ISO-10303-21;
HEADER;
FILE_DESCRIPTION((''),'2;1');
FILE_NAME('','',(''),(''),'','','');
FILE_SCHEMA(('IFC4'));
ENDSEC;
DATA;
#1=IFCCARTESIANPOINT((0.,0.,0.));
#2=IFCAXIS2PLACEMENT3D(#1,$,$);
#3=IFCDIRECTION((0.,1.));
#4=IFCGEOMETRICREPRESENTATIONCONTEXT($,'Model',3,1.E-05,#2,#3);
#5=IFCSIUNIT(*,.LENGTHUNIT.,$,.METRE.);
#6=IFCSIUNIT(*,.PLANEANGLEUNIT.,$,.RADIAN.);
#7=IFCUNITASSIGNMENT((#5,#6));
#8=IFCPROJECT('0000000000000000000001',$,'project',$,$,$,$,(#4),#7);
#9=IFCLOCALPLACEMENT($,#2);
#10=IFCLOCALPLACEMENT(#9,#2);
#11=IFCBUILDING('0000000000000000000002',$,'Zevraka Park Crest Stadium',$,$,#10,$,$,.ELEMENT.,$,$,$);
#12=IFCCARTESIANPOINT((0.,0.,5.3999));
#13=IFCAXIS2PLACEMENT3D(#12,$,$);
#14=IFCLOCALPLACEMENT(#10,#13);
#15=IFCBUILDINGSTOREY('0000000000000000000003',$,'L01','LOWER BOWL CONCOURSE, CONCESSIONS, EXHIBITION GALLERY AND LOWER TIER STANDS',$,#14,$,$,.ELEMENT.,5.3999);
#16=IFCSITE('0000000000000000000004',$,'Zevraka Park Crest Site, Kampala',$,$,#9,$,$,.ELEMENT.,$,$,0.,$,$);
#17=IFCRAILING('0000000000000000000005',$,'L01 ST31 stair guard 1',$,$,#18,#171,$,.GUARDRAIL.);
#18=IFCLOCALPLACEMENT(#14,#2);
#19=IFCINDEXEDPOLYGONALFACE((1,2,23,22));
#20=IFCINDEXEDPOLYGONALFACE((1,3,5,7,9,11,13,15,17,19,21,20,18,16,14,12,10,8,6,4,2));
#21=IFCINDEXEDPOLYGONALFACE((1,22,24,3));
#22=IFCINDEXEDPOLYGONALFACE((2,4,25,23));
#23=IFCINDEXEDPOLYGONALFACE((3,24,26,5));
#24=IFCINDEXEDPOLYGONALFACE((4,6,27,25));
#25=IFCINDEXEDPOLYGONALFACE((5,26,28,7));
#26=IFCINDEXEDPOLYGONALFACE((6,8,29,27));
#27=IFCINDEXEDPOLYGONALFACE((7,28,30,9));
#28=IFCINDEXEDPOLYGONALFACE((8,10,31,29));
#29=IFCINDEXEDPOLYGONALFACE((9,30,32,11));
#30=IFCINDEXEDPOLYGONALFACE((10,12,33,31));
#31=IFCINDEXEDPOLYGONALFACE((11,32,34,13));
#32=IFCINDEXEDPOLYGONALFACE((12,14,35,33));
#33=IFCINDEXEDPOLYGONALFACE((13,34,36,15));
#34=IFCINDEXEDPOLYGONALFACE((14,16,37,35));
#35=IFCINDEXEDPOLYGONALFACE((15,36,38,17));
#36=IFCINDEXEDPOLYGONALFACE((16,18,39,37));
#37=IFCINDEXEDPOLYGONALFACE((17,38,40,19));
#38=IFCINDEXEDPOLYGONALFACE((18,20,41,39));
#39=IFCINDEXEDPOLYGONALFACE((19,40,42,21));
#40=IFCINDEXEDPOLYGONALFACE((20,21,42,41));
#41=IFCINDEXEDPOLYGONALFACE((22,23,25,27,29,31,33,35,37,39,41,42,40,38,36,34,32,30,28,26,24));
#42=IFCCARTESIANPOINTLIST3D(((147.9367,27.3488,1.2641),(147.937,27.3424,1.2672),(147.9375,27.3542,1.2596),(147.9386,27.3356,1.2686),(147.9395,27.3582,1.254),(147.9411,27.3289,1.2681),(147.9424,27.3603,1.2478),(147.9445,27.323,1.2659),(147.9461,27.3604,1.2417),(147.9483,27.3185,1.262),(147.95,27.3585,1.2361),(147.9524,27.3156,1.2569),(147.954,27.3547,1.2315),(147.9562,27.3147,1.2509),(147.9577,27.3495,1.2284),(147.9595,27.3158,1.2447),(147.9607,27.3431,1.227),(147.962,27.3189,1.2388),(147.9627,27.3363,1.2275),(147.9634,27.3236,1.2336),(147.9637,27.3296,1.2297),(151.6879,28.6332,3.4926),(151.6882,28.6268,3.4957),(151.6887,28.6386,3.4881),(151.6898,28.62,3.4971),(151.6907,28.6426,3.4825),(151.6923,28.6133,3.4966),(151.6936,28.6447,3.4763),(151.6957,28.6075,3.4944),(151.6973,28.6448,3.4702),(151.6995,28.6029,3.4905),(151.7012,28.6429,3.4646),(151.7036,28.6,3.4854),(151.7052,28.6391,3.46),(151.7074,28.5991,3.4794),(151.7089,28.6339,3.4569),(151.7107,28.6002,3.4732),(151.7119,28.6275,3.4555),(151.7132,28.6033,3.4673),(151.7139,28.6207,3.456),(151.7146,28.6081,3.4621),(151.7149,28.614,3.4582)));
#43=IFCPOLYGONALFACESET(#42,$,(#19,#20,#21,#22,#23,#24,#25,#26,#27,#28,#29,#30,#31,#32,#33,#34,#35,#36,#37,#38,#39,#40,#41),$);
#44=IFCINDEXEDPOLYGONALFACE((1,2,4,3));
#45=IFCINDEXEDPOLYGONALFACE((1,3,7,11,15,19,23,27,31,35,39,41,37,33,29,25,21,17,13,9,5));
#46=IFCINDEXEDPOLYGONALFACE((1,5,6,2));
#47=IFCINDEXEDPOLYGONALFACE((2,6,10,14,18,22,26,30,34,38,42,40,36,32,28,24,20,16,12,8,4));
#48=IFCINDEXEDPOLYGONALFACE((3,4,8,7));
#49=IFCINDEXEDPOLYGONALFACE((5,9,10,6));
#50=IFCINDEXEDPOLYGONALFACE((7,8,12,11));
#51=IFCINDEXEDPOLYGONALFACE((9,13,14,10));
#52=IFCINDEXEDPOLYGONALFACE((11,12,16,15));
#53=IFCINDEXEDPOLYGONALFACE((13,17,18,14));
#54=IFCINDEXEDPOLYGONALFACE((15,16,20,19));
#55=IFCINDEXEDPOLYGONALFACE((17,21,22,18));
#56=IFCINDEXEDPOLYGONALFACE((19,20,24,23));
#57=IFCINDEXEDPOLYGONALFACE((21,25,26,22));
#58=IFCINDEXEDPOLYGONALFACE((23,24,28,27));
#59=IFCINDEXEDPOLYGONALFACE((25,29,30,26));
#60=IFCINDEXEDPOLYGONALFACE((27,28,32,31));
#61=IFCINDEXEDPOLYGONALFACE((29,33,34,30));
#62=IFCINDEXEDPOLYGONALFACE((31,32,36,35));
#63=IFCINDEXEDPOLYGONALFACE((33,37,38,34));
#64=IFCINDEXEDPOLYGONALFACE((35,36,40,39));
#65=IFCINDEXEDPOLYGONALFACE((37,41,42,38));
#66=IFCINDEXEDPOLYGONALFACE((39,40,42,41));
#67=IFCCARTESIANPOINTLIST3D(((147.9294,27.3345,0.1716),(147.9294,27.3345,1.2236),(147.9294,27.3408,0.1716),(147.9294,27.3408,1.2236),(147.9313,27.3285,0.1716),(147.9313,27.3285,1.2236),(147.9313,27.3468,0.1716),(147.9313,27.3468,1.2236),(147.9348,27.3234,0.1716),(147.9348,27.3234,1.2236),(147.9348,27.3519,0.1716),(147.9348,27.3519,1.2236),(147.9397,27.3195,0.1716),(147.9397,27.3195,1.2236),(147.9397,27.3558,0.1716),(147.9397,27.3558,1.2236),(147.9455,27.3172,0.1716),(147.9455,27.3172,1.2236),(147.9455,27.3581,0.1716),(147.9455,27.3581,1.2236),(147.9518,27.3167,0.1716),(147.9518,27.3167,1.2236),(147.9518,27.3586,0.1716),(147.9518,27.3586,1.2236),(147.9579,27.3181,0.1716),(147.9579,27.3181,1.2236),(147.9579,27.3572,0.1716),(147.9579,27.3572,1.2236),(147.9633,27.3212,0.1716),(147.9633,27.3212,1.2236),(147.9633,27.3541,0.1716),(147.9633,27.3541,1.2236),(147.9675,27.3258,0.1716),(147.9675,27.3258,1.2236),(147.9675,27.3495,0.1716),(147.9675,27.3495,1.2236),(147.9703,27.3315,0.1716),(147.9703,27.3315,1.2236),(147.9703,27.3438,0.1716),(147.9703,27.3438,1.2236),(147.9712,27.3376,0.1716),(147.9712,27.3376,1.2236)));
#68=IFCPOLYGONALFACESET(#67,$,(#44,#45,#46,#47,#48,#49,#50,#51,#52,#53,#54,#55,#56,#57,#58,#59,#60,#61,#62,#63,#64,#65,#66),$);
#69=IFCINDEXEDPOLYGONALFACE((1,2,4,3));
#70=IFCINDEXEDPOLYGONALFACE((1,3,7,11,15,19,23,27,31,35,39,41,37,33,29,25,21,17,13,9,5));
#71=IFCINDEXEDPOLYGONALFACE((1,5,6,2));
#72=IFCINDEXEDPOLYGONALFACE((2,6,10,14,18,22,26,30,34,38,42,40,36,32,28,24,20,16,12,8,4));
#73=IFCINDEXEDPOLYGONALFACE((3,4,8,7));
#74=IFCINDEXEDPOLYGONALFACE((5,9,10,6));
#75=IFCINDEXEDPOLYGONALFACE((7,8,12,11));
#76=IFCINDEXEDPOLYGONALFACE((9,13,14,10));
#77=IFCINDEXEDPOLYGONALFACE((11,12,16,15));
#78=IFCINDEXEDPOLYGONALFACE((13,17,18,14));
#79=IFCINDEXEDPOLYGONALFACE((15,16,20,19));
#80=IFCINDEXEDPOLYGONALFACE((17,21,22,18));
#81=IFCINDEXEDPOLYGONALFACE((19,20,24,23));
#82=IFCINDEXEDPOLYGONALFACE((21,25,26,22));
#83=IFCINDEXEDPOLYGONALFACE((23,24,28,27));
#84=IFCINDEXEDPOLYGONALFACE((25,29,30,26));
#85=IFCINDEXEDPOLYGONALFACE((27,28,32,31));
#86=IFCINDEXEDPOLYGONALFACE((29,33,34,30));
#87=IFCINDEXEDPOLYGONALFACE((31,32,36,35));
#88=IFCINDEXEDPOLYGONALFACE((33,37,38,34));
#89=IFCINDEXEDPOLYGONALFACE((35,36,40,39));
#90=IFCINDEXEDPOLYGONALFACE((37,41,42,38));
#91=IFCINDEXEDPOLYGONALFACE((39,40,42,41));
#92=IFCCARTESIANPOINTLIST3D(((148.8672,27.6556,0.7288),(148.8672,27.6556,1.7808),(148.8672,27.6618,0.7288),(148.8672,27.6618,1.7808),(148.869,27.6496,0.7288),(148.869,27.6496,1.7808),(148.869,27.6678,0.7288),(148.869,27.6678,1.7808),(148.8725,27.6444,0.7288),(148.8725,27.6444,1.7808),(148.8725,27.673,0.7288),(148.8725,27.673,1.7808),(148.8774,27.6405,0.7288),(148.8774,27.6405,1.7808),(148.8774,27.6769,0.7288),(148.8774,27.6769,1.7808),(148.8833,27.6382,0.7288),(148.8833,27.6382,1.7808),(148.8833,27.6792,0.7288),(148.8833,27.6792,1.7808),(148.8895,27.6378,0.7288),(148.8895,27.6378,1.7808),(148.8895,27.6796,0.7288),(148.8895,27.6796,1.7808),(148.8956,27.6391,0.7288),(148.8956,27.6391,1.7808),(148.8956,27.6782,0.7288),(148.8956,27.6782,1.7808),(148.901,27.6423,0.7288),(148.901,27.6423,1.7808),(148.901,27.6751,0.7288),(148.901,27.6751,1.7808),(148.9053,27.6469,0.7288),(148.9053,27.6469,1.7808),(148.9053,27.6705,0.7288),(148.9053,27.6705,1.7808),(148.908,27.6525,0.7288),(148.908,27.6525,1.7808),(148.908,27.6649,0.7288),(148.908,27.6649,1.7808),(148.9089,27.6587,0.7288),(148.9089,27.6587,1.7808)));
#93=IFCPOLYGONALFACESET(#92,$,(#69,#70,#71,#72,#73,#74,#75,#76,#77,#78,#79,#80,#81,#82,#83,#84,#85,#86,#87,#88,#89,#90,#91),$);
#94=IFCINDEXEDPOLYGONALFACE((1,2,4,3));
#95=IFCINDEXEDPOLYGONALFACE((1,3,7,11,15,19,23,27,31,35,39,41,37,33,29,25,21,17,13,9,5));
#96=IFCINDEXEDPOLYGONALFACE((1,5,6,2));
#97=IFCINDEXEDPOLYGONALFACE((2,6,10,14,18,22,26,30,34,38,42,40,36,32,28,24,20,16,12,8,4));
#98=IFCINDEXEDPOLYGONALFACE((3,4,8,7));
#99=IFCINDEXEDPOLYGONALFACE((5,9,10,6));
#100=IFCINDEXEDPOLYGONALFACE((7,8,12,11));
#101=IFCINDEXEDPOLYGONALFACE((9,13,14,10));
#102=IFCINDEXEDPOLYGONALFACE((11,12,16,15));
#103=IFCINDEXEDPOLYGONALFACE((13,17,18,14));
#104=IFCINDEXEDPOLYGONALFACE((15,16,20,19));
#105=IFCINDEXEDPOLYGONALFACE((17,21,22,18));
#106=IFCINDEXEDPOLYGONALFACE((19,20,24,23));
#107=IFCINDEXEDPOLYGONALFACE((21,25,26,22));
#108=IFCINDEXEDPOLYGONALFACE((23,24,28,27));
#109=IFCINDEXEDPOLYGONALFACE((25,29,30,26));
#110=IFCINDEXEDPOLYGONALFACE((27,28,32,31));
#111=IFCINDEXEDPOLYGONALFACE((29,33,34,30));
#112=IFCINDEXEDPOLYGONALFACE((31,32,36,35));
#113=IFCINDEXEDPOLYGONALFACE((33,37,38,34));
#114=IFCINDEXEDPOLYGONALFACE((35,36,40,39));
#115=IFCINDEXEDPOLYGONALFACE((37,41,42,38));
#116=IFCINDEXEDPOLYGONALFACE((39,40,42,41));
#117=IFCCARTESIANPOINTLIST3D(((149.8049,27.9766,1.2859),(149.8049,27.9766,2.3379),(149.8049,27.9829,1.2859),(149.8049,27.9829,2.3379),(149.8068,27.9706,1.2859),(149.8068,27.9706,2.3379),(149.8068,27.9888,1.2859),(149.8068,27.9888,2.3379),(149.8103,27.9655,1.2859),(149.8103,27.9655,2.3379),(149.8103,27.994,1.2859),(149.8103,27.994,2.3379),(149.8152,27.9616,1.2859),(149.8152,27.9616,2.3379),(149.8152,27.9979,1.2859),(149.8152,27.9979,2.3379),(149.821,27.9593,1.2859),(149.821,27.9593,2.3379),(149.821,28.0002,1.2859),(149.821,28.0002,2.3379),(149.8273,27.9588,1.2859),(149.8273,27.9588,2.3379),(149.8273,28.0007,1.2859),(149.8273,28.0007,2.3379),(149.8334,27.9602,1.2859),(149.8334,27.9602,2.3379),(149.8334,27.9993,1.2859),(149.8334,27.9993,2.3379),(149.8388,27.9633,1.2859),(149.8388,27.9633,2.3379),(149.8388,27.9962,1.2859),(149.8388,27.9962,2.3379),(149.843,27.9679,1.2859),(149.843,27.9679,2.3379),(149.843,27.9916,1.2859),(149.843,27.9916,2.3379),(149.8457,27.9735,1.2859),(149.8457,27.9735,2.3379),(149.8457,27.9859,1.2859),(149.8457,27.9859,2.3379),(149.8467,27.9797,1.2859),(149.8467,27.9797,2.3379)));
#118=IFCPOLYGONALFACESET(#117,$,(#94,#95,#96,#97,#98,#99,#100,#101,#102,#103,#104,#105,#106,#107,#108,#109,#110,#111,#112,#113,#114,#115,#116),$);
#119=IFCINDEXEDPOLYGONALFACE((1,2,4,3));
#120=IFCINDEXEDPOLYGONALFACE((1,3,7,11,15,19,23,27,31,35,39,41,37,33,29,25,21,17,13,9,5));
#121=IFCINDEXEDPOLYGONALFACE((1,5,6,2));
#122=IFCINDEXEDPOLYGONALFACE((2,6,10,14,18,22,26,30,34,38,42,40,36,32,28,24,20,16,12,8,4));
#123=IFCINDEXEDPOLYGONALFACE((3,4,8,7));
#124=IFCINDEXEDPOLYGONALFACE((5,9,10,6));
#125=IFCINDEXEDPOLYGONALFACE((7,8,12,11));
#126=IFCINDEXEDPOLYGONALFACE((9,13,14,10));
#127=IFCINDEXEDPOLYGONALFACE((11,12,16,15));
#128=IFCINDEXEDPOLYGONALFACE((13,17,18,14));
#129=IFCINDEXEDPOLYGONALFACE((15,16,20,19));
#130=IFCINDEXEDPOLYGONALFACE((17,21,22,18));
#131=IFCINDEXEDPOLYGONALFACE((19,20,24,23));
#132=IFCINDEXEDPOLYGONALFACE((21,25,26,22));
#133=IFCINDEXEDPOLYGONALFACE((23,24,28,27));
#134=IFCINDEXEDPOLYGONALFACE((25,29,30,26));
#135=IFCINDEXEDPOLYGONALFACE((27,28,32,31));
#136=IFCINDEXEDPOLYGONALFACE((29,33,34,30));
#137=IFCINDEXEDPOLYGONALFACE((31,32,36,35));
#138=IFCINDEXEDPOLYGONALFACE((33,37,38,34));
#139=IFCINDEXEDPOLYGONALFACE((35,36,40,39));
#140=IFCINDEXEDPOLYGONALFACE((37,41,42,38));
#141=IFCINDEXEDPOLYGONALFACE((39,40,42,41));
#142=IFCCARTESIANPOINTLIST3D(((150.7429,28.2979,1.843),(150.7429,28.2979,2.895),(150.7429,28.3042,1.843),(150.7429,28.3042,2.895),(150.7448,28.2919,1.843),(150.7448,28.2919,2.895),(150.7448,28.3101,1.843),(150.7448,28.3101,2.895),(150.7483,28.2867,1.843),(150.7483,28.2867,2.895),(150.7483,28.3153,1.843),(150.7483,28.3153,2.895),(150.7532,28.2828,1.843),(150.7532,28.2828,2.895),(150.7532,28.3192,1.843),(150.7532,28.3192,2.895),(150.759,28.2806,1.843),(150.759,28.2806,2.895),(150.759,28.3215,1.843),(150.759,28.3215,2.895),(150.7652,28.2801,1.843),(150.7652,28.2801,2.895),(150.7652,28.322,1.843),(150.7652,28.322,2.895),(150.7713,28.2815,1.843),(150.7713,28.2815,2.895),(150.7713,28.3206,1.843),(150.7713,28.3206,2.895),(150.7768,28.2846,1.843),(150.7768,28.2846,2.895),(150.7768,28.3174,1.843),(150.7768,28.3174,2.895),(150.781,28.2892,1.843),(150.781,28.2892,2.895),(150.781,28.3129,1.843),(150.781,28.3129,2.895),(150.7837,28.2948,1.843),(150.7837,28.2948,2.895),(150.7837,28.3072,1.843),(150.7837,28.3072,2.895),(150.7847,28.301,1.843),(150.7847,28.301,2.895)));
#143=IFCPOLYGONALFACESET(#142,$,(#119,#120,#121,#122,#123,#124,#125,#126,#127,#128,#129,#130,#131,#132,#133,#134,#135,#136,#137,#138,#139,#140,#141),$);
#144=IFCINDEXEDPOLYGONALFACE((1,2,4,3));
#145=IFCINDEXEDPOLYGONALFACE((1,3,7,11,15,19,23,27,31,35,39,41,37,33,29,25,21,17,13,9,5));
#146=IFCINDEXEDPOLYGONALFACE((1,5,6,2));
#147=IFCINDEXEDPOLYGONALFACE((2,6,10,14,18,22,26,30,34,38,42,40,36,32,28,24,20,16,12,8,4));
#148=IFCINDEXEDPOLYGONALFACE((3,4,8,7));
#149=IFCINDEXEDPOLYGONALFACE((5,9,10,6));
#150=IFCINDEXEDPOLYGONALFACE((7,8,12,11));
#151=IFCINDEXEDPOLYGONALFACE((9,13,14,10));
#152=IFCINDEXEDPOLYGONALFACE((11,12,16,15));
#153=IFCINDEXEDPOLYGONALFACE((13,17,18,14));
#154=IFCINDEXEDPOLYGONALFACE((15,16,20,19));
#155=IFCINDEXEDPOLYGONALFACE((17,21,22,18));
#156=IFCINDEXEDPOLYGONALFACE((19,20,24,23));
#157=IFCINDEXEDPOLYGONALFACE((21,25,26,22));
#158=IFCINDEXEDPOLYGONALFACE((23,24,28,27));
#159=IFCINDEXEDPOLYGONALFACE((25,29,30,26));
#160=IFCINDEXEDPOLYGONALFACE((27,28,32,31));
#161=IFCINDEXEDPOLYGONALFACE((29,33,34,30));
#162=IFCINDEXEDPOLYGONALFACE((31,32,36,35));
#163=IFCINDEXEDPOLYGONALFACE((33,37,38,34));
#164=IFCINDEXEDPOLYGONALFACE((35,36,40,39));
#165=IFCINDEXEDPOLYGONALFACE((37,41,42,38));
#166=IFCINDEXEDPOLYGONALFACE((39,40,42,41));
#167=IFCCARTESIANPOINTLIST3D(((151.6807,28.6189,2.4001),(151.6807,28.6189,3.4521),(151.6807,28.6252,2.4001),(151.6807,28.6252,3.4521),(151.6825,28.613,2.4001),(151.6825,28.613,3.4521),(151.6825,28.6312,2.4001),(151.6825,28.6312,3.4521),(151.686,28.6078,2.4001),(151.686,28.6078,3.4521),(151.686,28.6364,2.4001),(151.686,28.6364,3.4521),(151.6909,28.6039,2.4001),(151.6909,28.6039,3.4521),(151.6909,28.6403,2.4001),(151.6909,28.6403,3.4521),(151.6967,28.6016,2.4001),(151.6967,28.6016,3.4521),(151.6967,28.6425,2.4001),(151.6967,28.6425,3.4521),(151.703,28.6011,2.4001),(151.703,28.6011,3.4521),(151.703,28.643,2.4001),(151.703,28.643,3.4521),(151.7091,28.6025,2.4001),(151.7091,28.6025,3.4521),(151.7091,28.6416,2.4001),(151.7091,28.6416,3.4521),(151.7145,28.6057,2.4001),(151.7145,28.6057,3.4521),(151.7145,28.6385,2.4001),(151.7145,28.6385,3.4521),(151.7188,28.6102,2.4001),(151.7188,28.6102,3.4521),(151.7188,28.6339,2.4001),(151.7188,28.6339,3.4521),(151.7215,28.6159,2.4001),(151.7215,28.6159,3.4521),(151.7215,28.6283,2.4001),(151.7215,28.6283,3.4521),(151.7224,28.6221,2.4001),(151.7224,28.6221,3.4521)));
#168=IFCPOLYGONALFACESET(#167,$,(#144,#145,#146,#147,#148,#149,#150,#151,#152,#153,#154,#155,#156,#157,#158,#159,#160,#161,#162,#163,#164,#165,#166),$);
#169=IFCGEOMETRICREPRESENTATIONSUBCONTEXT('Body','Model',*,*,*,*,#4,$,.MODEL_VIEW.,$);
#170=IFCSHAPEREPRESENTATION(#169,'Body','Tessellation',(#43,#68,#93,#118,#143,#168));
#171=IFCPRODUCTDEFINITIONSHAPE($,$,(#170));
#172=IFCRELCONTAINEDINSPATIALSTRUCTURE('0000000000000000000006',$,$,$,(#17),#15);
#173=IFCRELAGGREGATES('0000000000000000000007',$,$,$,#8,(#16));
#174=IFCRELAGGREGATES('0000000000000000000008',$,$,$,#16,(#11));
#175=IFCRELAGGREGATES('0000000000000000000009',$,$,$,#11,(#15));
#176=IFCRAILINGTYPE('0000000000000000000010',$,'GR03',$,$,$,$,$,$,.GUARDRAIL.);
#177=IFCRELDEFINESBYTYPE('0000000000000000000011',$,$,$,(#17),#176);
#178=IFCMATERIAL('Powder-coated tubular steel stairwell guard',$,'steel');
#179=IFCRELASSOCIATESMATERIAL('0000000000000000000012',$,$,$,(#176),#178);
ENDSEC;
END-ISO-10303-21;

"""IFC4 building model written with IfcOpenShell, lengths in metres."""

from ifc_helpers import new_model, si_unit, direction, frame, origin, origin_2d, place, context, subcontext, project, spatial, circle, extrude, material, type_object, element, save


model = new_model("IFC4")

# Units and contexts
model_context = context("Model", 3, precision=1e-05, world=origin(), true_north=direction((0.0, 1.0)))
body_context = subcontext(model_context, "Body", "Model", "MODEL_VIEW")
ifc_project = project(units=[si_unit("LENGTHUNIT", "METRE"), si_unit("PLANEANGLEUNIT", "RADIAN")], contexts=[model_context])

# Site, building, storey
site_placement = place(None, origin())
site = spatial("IfcSite", under=ifc_project, at=site_placement, Name="Zevraka Park Crest Site, Kampala", CompositionType="ELEMENT", RefElevation=0.0)
building_placement = place(site_placement, origin())
building = spatial("IfcBuilding", under=site, at=building_placement, Name="Zevraka Park Crest Stadium", CompositionType="ELEMENT")
storey_placement = place(building_placement, frame((0.0, 0.0, 5.3999)))
storey = spatial("IfcBuildingStorey", under=building, at=storey_placement, Name="L01", Description="LOWER BOWL CONCOURSE, CONCESSIONS, EXHIBITION GALLERY AND LOWER TIER STANDS", CompositionType="ELEMENT", Elevation=5.3999)

# Railing
ifc_material_1 = material(Name="Powder-coated tubular steel stairwell guard", Category="steel")
railing_type_1 = type_object("IfcRailingType", Name="GR03", PredefinedType="GUARDRAIL", material=ifc_material_1)
railing_1_placement = place(storey_placement, frame((147.9502, 27.3376, 0.1716)))
element("IfcRailing", 1, at=railing_1_placement, inside=storey, type_object=railing_type_1, Name="L01 ST31 stair guard 1", PredefinedType="GUARDRAIL", context=body_context, shape_type="SweptSolid", body=[
    extrude(circle(Radius=0.0239, at=origin_2d()), frame((0.0, 0.0, 1.0762), z_axis=(0.824739, 0.282392, 0.489959), x_axis=(-0.323939, 0.946078, 0.0)), (0.0, 0.0, 1.0), 4.5483),
    extrude(circle(Radius=0.021, at=origin_2d()), origin(), (0.0, 0.0, 1.0), 1.052),
    extrude(circle(Radius=0.021, at=origin_2d()), frame((0.9377, 0.321, 0.5571)), (0.0, 0.0, 1.0), 1.052),
    extrude(circle(Radius=0.021, at=origin_2d()), frame((1.8755, 0.6421, 1.1143)), (0.0, 0.0, 1.0), 1.052),
    extrude(circle(Radius=0.021, at=origin_2d()), frame((2.8135, 0.9634, 1.6714)), (0.0, 0.0, 1.0), 1.052),
    extrude(circle(Radius=0.021, at=origin_2d()), frame((3.7512, 1.2844, 2.2285)), (0.0, 0.0, 1.0), 1.052),
])

save(model, "model.ifc")
